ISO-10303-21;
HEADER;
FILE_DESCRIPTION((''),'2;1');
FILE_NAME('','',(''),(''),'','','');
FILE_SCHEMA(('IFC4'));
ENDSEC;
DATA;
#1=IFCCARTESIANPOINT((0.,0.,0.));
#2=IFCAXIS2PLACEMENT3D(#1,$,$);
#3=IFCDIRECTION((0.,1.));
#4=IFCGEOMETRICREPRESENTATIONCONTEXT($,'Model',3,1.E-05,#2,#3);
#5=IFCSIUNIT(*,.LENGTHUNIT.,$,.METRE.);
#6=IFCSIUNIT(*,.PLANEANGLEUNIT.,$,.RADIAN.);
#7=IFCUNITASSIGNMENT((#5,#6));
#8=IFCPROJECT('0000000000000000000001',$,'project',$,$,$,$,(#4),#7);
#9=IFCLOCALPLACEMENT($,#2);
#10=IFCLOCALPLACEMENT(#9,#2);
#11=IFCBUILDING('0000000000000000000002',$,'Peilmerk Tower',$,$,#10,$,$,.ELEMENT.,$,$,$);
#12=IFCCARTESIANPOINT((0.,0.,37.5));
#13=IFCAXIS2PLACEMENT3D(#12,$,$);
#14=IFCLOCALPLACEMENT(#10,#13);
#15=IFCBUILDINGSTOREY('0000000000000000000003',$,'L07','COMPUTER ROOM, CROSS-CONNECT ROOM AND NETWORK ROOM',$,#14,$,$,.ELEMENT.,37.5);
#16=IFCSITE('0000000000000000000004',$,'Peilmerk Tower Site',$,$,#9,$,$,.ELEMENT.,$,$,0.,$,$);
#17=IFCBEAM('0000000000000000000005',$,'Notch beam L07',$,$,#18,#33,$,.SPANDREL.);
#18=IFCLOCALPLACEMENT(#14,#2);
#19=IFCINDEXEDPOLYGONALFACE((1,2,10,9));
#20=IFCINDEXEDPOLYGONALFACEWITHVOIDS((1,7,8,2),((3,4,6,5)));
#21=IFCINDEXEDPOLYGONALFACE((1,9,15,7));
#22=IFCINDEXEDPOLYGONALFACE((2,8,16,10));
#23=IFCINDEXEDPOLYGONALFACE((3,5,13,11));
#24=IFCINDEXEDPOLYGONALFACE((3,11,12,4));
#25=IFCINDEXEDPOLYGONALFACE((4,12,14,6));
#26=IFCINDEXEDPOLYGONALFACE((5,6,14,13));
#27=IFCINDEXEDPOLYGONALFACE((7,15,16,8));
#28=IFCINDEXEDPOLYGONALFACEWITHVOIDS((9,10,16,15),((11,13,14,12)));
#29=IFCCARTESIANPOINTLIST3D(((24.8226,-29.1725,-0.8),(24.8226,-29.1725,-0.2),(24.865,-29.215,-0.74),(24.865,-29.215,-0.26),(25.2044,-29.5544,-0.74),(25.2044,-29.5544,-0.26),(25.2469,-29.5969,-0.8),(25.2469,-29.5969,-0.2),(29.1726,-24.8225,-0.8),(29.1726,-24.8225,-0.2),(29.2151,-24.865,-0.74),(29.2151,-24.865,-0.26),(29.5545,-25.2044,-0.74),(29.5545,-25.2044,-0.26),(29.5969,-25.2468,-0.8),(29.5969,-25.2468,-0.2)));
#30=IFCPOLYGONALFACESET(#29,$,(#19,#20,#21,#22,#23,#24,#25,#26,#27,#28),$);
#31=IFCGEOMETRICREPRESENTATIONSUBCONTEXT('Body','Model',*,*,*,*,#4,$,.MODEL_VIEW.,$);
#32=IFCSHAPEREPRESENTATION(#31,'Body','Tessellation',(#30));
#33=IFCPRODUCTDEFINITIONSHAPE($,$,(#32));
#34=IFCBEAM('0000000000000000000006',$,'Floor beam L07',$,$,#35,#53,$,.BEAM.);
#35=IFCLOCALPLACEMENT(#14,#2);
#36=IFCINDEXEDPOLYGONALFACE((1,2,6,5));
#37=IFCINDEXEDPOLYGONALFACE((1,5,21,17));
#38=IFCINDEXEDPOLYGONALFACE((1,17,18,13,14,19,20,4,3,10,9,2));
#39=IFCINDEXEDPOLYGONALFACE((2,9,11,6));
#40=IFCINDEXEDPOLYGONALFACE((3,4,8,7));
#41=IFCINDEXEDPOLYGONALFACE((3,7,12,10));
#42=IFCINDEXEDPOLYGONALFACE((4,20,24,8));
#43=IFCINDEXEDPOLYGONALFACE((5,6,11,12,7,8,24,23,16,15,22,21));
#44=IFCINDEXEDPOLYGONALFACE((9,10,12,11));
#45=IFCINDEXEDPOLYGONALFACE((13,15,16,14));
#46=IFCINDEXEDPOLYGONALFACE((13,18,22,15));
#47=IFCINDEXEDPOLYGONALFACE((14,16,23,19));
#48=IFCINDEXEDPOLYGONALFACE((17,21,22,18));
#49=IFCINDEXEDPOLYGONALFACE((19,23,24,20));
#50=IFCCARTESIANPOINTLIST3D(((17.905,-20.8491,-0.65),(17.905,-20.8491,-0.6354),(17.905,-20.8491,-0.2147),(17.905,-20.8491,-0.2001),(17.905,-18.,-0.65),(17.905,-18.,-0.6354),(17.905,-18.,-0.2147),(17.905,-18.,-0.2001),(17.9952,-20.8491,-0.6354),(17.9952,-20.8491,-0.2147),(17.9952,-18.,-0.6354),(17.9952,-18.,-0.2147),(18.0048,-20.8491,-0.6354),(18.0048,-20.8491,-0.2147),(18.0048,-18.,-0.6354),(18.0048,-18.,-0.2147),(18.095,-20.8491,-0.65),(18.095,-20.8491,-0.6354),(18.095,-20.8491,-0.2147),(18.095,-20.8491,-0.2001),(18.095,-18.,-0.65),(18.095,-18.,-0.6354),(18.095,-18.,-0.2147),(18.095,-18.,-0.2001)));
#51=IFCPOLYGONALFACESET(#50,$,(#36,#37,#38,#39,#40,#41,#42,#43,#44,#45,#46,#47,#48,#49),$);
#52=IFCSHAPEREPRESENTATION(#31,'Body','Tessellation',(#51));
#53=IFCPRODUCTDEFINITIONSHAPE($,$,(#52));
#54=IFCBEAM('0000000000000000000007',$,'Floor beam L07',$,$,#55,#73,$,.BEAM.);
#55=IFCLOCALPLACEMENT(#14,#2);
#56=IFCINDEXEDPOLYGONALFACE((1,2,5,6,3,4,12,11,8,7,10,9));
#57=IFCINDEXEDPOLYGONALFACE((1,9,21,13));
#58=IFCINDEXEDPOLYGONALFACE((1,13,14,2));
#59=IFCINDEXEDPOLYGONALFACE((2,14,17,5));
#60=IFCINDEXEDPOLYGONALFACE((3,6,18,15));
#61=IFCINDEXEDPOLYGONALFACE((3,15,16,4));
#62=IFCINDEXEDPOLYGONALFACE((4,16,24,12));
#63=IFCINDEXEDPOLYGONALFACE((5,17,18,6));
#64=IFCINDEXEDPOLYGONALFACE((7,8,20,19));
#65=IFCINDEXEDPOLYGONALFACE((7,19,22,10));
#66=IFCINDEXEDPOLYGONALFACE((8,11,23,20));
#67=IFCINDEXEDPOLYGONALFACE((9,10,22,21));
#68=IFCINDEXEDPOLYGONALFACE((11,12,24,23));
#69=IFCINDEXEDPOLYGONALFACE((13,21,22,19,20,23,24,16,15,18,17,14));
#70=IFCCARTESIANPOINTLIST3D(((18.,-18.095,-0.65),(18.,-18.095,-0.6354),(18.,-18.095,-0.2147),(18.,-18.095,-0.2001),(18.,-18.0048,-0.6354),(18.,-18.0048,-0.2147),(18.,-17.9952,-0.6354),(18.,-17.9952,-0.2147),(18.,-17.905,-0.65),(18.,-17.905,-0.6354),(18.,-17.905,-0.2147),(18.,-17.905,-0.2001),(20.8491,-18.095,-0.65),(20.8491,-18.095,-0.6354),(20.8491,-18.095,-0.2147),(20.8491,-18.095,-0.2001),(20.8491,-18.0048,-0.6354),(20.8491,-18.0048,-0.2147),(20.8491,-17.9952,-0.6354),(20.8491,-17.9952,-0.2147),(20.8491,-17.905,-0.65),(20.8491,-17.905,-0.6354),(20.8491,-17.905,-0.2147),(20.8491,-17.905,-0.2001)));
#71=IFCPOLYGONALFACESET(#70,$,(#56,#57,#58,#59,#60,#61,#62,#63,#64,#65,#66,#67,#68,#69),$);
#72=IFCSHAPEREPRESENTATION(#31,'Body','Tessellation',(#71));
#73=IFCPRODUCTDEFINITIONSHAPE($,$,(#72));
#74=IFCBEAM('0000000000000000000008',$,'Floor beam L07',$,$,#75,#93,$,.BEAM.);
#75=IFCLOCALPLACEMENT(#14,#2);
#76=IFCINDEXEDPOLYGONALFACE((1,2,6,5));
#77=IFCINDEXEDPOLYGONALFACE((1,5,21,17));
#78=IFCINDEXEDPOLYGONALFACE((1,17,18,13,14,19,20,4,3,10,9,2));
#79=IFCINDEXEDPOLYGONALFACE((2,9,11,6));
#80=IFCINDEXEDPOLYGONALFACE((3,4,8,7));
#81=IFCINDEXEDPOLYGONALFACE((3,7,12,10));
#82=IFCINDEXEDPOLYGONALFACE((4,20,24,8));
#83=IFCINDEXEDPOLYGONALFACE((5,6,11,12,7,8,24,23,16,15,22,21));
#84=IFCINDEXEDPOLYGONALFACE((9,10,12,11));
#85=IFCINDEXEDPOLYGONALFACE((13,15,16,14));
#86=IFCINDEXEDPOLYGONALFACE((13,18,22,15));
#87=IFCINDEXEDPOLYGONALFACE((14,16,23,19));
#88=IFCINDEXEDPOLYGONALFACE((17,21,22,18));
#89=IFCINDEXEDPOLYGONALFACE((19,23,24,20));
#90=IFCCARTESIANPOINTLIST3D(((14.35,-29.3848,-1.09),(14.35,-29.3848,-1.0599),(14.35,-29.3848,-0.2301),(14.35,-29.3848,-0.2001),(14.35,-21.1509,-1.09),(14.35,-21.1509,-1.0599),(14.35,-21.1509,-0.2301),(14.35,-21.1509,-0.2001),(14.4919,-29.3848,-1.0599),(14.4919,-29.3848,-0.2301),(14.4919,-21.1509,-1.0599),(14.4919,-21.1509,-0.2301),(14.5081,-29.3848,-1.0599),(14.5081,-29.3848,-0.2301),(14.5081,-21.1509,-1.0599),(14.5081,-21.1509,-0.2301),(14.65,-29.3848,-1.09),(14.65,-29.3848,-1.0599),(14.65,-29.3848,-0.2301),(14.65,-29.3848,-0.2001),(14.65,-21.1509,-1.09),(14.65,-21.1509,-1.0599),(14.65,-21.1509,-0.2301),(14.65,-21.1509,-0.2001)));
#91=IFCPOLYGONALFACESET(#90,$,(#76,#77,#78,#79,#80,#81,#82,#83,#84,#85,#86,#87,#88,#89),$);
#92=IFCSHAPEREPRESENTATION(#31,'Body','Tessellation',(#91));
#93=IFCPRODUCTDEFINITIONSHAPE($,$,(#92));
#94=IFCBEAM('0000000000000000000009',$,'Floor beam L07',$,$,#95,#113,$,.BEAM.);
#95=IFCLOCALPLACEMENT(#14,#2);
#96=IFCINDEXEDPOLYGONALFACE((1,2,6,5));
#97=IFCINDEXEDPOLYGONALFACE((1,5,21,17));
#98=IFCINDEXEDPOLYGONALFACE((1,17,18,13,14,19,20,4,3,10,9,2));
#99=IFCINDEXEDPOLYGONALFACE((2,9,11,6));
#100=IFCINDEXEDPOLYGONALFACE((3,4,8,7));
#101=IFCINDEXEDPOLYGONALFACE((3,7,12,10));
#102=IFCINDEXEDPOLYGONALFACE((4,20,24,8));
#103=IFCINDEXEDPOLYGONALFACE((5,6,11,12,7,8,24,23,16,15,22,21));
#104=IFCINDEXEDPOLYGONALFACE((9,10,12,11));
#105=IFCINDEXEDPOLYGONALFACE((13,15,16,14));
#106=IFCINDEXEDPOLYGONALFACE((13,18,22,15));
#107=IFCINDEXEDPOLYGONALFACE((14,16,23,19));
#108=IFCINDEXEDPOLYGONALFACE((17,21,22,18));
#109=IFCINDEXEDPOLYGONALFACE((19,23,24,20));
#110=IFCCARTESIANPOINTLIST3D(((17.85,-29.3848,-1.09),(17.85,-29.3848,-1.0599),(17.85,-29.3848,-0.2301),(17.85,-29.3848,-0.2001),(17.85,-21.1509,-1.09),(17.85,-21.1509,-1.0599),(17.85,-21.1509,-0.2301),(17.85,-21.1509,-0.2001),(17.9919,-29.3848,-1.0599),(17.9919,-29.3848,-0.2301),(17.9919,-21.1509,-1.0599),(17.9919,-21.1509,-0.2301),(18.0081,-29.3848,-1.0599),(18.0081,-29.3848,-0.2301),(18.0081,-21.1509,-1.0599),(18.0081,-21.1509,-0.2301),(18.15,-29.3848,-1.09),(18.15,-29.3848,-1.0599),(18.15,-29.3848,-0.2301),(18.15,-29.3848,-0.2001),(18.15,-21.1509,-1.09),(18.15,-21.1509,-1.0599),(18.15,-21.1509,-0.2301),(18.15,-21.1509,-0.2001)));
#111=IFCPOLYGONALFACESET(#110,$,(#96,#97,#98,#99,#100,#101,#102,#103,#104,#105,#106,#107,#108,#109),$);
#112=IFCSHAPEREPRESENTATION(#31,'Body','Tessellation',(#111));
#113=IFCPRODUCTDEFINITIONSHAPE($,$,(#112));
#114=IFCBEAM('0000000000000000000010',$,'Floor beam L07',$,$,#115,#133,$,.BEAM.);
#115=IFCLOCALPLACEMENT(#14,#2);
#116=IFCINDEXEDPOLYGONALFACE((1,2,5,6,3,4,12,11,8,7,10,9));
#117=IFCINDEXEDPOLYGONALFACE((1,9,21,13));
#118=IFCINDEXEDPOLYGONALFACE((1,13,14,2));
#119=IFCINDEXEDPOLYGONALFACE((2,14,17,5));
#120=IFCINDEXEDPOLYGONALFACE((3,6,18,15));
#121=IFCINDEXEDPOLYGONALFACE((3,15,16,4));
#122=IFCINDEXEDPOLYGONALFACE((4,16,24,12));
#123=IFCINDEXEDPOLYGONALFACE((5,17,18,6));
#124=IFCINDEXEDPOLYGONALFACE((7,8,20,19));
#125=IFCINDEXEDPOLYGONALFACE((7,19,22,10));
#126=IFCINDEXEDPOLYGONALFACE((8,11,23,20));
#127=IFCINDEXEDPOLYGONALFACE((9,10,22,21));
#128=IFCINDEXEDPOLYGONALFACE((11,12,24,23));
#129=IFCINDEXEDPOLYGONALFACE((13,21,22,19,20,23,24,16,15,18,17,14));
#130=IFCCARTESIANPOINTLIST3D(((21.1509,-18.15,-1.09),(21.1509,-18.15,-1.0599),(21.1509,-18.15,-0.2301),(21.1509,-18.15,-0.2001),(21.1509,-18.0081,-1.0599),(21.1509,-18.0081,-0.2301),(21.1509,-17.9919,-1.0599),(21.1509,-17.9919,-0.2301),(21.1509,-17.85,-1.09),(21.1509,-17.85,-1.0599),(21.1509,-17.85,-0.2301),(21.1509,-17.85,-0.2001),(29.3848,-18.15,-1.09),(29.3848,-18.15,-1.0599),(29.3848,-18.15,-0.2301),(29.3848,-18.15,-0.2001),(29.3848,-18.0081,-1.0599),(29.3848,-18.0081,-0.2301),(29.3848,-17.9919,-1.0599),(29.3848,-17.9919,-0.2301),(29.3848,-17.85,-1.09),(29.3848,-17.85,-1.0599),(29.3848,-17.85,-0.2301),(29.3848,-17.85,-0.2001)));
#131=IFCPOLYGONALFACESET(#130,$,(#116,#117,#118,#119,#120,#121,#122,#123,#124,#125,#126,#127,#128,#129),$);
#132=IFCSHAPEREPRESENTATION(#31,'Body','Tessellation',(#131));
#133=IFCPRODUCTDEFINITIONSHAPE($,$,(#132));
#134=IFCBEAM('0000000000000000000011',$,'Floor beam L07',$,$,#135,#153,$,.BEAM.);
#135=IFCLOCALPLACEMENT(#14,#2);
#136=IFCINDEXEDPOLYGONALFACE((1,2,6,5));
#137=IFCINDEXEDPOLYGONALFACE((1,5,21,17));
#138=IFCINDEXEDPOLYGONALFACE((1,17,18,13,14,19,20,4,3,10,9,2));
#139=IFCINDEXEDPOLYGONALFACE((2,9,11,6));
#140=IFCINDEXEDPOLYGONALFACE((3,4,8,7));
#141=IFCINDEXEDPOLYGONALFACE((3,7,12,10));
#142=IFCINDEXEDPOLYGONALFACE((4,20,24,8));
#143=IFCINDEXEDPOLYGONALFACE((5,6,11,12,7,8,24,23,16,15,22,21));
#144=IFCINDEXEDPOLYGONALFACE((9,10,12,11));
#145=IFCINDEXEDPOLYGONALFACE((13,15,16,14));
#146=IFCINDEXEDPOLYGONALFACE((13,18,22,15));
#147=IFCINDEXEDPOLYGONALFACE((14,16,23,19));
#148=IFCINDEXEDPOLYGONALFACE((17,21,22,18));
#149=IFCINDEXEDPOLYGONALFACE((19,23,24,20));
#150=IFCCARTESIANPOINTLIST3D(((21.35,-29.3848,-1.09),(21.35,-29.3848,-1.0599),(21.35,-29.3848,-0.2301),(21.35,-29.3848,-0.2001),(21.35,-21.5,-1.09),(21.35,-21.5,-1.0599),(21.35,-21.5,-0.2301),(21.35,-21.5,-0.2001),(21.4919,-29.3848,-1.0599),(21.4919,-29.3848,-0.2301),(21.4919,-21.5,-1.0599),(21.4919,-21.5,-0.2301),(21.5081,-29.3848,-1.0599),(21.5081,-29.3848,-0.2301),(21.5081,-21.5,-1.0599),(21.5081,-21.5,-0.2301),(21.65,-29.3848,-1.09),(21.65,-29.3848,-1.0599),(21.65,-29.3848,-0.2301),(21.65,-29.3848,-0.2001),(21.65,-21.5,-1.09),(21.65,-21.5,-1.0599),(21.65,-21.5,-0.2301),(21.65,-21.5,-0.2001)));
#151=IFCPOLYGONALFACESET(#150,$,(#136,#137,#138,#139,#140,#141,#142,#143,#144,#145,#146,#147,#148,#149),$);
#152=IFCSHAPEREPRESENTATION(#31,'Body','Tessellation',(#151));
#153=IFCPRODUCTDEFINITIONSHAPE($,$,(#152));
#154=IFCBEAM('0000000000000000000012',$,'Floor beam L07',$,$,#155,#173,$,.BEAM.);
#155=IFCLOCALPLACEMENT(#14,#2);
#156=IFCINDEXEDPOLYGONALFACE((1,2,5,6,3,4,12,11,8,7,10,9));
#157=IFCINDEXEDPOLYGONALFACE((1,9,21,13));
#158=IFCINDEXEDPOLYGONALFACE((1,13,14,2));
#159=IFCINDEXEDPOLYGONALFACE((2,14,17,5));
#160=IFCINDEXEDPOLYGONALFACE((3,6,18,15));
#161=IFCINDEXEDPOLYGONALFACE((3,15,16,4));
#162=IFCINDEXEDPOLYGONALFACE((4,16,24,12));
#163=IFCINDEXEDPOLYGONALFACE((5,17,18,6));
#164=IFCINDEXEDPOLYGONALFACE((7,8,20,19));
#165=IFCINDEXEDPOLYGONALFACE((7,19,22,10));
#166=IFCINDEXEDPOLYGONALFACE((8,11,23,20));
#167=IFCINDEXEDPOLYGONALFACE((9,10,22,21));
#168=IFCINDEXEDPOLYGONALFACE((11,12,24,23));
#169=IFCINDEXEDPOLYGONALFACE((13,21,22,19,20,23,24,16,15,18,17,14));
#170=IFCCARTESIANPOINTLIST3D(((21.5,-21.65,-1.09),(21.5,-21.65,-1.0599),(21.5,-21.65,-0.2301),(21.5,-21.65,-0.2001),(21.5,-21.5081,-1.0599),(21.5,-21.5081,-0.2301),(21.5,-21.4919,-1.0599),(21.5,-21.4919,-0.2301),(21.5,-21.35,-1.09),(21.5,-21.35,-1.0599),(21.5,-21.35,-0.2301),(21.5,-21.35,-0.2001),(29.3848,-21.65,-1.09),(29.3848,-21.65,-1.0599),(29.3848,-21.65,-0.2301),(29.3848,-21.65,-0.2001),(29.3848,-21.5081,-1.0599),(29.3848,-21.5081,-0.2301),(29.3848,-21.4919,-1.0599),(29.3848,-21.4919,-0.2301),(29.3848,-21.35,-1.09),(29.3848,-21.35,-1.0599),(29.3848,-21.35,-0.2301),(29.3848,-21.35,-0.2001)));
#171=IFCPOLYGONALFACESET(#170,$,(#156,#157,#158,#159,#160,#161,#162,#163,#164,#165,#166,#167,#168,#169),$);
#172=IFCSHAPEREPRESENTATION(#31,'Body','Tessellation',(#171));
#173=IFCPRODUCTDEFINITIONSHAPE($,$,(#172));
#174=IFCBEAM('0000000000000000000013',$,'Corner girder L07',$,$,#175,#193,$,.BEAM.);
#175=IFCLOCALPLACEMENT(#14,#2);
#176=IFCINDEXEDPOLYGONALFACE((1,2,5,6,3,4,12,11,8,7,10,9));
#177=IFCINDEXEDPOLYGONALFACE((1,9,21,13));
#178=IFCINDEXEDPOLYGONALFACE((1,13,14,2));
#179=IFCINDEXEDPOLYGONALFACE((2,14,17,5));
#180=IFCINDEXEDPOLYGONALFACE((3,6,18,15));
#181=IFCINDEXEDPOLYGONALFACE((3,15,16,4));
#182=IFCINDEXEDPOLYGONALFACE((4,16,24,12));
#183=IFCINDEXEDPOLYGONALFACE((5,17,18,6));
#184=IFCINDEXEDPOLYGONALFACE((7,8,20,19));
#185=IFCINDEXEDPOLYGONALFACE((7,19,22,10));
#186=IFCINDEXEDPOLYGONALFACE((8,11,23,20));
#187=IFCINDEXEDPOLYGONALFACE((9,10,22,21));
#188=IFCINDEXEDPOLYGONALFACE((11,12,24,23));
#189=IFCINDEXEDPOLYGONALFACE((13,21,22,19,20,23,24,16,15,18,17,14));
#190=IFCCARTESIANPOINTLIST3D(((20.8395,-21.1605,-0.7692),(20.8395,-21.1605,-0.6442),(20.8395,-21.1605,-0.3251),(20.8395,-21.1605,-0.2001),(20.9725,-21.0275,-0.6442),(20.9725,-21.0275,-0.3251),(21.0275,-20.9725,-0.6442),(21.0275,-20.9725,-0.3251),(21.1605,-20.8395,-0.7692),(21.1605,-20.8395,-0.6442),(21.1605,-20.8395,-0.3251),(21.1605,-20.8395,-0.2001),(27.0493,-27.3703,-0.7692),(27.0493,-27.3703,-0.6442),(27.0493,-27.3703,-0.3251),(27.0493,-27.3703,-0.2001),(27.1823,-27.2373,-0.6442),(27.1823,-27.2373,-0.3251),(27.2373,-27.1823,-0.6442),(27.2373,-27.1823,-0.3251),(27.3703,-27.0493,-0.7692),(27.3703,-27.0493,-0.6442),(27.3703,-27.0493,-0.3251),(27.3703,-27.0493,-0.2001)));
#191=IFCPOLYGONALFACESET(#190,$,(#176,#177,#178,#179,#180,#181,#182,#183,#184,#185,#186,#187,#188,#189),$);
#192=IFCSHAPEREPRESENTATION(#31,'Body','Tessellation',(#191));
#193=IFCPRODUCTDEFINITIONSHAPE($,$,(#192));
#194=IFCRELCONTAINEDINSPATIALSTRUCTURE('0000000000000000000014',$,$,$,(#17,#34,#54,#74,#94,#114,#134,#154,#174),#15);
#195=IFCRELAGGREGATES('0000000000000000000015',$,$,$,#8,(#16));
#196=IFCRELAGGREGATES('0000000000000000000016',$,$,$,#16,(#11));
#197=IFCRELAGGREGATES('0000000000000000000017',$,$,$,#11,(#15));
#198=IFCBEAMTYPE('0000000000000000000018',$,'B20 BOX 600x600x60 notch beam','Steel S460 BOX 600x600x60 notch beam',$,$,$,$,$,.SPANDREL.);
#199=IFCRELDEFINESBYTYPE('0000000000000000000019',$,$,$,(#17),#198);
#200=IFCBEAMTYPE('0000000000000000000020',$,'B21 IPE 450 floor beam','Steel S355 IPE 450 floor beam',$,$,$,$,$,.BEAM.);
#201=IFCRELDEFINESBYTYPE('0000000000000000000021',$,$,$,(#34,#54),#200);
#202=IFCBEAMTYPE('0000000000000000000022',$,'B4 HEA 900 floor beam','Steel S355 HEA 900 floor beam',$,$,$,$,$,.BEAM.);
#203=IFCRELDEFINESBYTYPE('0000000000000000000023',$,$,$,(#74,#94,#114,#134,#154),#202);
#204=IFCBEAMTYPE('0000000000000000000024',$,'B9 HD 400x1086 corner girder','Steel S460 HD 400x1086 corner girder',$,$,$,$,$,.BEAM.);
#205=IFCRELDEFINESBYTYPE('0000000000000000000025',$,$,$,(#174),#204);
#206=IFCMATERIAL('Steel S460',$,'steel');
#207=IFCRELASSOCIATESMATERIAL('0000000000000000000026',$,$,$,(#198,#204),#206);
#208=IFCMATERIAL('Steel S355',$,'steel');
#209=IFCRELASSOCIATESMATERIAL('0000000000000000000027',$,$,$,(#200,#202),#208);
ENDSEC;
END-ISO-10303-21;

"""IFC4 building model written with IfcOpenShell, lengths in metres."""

from ifc_helpers import new_model, si_unit, direction, frame, origin, origin_2d, place, context, subcontext, project, spatial, hollow_rectangle, i_section, extrude, material, material_profile, profile_set, type_object, element, save


model = new_model("IFC4")

# Units and contexts
model_context = context("Model", 3, precision=1e-05, world=origin(), true_north=direction((0.0, 1.0)))
body_context = subcontext(model_context, "Body", "Model", "MODEL_VIEW")
ifc_project = project(units=[si_unit("LENGTHUNIT", "METRE"), si_unit("PLANEANGLEUNIT", "RADIAN")], contexts=[model_context])

# Site, building, storey
site_placement = place(None, origin())
site = spatial("IfcSite", under=ifc_project, at=site_placement, Name="Peilmerk Tower Site", CompositionType="ELEMENT", RefElevation=0.0)
building_placement = place(site_placement, origin())
building = spatial("IfcBuilding", under=site, at=building_placement, Name="Peilmerk Tower", CompositionType="ELEMENT")
storey_placement = place(building_placement, frame((0.0, 0.0, 37.5)))
storey = spatial("IfcBuildingStorey", under=building, at=storey_placement, Name="L07", Description="COMPUTER ROOM, CROSS-CONNECT ROOM AND NETWORK ROOM", CompositionType="ELEMENT", Elevation=37.5)

# Beams
ifc_material_1 = material(Name="Steel S460", Category="steel")
ifc_material_2 = material(Name="Steel S355", Category="steel")
ifc_material_profile_1 = material_profile(ifc_material_1, hollow_rectangle(XDim=0.6001, YDim=0.6001, WallThickness=0.0601, at=origin_2d()), Name="BOX 600x600x60")
ifc_profile_set_1 = profile_set([ifc_material_profile_1], Name="Steel S460")
beam_type_1 = type_object("IfcBeamType", Name="B20 BOX 600x600x60 notch beam", Description="Steel S460 BOX 600x600x60 notch beam", PredefinedType="SPANDREL", material=ifc_profile_set_1)
beam_1_placement = place(storey_placement, frame((29.3848, -25.0347, -0.5), z_axis=(-0.707107, -0.707107, 0.0), x_axis=(0.707107, -0.707107, 0.0)))
element("IfcBeam", 1, at=beam_1_placement, inside=storey, type_object=beam_type_1, Name="Notch beam L07", PredefinedType="SPANDREL", context=body_context, shape_type="SweptSolid", body=[
    extrude(hollow_rectangle(XDim=0.6001, YDim=0.6001, WallThickness=0.0601, at=origin_2d()), origin(), (0.0, 0.0, 1.0), 6.1519),
])
ifc_material_profile_2 = material_profile(ifc_material_2, i_section(OverallWidth=0.1899, OverallDepth=0.45, WebThickness=0.0095, FlangeThickness=0.0146, at=origin_2d()), Name="IPE 450")
ifc_profile_set_2 = profile_set([ifc_material_profile_2], Name="Steel S355")
beam_type_2 = type_object("IfcBeamType", Name="B21 IPE 450 floor beam", Description="Steel S355 IPE 450 floor beam", PredefinedType="BEAM", material=ifc_profile_set_2)
for number, where, z_axis, x_axis, name in (
    (2, (18.0, -18.0, -0.425), (0.0, -1.0, 0.0), (1.0, 0.0, 0.0), "Floor beam L07"),
    (3, (18.0, -18.0, -0.425), (1.0, 0.0, 0.0), (0.0, 1.0, 0.0), "Floor beam L07"),
):
    element("IfcBeam", number, at=place(storey_placement, frame(where, z_axis=z_axis, x_axis=x_axis)), inside=storey, type_object=beam_type_2, Name=name, PredefinedType="BEAM", context=body_context, shape_type="SweptSolid", body=[
        extrude(i_section(OverallWidth=0.1899, OverallDepth=0.45, WebThickness=0.0095, FlangeThickness=0.0146, at=origin_2d()), origin(), (0.0, 0.0, 1.0), 2.8491),
    ])
ifc_material_profile_3 = material_profile(ifc_material_2, i_section(OverallWidth=0.3, OverallDepth=0.8899, WebThickness=0.0161, FlangeThickness=0.03, at=origin_2d()), Name="HEA 900")
ifc_profile_set_3 = profile_set([ifc_material_profile_3], Name="Steel S355")
beam_type_3 = type_object("IfcBeamType", Name="B4 HEA 900 floor beam", Description="Steel S355 HEA 900 floor beam", PredefinedType="BEAM", material=ifc_profile_set_3)
for number, where, z_axis, x_axis, name in (
    (4, (14.5, -21.1509, -0.645), (0.0, -1.0, 0.0), (1.0, 0.0, 0.0), "Floor beam L07"),
    (5, (18.0, -21.1509, -0.645), (0.0, -1.0, 0.0), (1.0, 0.0, 0.0), "Floor beam L07"),
    (6, (21.1509, -18.0, -0.645), (1.0, 0.0, 0.0), (0.0, 1.0, 0.0), "Floor beam L07"),
):
    element("IfcBeam", number, at=place(storey_placement, frame(where, z_axis=z_axis, x_axis=x_axis)), inside=storey, type_object=beam_type_3, Name=name, PredefinedType="BEAM", context=body_context, shape_type="SweptSolid", body=[
        extrude(i_section(OverallWidth=0.3, OverallDepth=0.8899, WebThickness=0.0161, FlangeThickness=0.03, at=origin_2d()), origin(), (0.0, 0.0, 1.0), 8.2339),
    ])
for number, where, z_axis, x_axis, name in (
    (7, (21.5, -21.5, -0.645), (0.0, -1.0, 0.0), (1.0, 0.0, 0.0), "Floor beam L07"),
    (8, (21.5, -21.5, -0.645), (1.0, 0.0, 0.0), (0.0, 1.0, 0.0), "Floor beam L07"),
):
    element("IfcBeam", number, at=place(storey_placement, frame(where, z_axis=z_axis, x_axis=x_axis)), inside=storey, type_object=beam_type_3, Name=name, PredefinedType="BEAM", context=body_context, shape_type="SweptSolid", body=[
        extrude(i_section(OverallWidth=0.3, OverallDepth=0.8899, WebThickness=0.0161, FlangeThickness=0.03, at=origin_2d()), origin(), (0.0, 0.0, 1.0), 7.8848),
    ])
ifc_material_profile_4 = material_profile(ifc_material_1, i_section(OverallWidth=0.4541, OverallDepth=0.5691, WebThickness=0.0779, FlangeThickness=0.125, at=origin_2d()), Name="HD 400x1086")
ifc_profile_set_4 = profile_set([ifc_material_profile_4], Name="Steel S460")
beam_type_4 = type_object("IfcBeamType", Name="B9 HD 400x1086 corner girder", Description="Steel S460 HD 400x1086 corner girder", PredefinedType="BEAM", material=ifc_profile_set_4)
beam_2_placement = place(storey_placement, frame((21.0, -21.0, -0.4846), z_axis=(0.707107, -0.707107, 0.0), x_axis=(0.707107, 0.707107, 0.0)))
element("IfcBeam", 9, at=beam_2_placement, inside=storey, type_object=beam_type_4, Name="Corner girder L07", PredefinedType="BEAM", context=body_context, shape_type="SweptSolid", body=[
    extrude(i_section(OverallWidth=0.4541, OverallDepth=0.5691, WebThickness=0.0779, FlangeThickness=0.125, at=origin_2d()), origin(), (0.0, 0.0, 1.0), 8.782),
])

save(model, "model.ifc")
